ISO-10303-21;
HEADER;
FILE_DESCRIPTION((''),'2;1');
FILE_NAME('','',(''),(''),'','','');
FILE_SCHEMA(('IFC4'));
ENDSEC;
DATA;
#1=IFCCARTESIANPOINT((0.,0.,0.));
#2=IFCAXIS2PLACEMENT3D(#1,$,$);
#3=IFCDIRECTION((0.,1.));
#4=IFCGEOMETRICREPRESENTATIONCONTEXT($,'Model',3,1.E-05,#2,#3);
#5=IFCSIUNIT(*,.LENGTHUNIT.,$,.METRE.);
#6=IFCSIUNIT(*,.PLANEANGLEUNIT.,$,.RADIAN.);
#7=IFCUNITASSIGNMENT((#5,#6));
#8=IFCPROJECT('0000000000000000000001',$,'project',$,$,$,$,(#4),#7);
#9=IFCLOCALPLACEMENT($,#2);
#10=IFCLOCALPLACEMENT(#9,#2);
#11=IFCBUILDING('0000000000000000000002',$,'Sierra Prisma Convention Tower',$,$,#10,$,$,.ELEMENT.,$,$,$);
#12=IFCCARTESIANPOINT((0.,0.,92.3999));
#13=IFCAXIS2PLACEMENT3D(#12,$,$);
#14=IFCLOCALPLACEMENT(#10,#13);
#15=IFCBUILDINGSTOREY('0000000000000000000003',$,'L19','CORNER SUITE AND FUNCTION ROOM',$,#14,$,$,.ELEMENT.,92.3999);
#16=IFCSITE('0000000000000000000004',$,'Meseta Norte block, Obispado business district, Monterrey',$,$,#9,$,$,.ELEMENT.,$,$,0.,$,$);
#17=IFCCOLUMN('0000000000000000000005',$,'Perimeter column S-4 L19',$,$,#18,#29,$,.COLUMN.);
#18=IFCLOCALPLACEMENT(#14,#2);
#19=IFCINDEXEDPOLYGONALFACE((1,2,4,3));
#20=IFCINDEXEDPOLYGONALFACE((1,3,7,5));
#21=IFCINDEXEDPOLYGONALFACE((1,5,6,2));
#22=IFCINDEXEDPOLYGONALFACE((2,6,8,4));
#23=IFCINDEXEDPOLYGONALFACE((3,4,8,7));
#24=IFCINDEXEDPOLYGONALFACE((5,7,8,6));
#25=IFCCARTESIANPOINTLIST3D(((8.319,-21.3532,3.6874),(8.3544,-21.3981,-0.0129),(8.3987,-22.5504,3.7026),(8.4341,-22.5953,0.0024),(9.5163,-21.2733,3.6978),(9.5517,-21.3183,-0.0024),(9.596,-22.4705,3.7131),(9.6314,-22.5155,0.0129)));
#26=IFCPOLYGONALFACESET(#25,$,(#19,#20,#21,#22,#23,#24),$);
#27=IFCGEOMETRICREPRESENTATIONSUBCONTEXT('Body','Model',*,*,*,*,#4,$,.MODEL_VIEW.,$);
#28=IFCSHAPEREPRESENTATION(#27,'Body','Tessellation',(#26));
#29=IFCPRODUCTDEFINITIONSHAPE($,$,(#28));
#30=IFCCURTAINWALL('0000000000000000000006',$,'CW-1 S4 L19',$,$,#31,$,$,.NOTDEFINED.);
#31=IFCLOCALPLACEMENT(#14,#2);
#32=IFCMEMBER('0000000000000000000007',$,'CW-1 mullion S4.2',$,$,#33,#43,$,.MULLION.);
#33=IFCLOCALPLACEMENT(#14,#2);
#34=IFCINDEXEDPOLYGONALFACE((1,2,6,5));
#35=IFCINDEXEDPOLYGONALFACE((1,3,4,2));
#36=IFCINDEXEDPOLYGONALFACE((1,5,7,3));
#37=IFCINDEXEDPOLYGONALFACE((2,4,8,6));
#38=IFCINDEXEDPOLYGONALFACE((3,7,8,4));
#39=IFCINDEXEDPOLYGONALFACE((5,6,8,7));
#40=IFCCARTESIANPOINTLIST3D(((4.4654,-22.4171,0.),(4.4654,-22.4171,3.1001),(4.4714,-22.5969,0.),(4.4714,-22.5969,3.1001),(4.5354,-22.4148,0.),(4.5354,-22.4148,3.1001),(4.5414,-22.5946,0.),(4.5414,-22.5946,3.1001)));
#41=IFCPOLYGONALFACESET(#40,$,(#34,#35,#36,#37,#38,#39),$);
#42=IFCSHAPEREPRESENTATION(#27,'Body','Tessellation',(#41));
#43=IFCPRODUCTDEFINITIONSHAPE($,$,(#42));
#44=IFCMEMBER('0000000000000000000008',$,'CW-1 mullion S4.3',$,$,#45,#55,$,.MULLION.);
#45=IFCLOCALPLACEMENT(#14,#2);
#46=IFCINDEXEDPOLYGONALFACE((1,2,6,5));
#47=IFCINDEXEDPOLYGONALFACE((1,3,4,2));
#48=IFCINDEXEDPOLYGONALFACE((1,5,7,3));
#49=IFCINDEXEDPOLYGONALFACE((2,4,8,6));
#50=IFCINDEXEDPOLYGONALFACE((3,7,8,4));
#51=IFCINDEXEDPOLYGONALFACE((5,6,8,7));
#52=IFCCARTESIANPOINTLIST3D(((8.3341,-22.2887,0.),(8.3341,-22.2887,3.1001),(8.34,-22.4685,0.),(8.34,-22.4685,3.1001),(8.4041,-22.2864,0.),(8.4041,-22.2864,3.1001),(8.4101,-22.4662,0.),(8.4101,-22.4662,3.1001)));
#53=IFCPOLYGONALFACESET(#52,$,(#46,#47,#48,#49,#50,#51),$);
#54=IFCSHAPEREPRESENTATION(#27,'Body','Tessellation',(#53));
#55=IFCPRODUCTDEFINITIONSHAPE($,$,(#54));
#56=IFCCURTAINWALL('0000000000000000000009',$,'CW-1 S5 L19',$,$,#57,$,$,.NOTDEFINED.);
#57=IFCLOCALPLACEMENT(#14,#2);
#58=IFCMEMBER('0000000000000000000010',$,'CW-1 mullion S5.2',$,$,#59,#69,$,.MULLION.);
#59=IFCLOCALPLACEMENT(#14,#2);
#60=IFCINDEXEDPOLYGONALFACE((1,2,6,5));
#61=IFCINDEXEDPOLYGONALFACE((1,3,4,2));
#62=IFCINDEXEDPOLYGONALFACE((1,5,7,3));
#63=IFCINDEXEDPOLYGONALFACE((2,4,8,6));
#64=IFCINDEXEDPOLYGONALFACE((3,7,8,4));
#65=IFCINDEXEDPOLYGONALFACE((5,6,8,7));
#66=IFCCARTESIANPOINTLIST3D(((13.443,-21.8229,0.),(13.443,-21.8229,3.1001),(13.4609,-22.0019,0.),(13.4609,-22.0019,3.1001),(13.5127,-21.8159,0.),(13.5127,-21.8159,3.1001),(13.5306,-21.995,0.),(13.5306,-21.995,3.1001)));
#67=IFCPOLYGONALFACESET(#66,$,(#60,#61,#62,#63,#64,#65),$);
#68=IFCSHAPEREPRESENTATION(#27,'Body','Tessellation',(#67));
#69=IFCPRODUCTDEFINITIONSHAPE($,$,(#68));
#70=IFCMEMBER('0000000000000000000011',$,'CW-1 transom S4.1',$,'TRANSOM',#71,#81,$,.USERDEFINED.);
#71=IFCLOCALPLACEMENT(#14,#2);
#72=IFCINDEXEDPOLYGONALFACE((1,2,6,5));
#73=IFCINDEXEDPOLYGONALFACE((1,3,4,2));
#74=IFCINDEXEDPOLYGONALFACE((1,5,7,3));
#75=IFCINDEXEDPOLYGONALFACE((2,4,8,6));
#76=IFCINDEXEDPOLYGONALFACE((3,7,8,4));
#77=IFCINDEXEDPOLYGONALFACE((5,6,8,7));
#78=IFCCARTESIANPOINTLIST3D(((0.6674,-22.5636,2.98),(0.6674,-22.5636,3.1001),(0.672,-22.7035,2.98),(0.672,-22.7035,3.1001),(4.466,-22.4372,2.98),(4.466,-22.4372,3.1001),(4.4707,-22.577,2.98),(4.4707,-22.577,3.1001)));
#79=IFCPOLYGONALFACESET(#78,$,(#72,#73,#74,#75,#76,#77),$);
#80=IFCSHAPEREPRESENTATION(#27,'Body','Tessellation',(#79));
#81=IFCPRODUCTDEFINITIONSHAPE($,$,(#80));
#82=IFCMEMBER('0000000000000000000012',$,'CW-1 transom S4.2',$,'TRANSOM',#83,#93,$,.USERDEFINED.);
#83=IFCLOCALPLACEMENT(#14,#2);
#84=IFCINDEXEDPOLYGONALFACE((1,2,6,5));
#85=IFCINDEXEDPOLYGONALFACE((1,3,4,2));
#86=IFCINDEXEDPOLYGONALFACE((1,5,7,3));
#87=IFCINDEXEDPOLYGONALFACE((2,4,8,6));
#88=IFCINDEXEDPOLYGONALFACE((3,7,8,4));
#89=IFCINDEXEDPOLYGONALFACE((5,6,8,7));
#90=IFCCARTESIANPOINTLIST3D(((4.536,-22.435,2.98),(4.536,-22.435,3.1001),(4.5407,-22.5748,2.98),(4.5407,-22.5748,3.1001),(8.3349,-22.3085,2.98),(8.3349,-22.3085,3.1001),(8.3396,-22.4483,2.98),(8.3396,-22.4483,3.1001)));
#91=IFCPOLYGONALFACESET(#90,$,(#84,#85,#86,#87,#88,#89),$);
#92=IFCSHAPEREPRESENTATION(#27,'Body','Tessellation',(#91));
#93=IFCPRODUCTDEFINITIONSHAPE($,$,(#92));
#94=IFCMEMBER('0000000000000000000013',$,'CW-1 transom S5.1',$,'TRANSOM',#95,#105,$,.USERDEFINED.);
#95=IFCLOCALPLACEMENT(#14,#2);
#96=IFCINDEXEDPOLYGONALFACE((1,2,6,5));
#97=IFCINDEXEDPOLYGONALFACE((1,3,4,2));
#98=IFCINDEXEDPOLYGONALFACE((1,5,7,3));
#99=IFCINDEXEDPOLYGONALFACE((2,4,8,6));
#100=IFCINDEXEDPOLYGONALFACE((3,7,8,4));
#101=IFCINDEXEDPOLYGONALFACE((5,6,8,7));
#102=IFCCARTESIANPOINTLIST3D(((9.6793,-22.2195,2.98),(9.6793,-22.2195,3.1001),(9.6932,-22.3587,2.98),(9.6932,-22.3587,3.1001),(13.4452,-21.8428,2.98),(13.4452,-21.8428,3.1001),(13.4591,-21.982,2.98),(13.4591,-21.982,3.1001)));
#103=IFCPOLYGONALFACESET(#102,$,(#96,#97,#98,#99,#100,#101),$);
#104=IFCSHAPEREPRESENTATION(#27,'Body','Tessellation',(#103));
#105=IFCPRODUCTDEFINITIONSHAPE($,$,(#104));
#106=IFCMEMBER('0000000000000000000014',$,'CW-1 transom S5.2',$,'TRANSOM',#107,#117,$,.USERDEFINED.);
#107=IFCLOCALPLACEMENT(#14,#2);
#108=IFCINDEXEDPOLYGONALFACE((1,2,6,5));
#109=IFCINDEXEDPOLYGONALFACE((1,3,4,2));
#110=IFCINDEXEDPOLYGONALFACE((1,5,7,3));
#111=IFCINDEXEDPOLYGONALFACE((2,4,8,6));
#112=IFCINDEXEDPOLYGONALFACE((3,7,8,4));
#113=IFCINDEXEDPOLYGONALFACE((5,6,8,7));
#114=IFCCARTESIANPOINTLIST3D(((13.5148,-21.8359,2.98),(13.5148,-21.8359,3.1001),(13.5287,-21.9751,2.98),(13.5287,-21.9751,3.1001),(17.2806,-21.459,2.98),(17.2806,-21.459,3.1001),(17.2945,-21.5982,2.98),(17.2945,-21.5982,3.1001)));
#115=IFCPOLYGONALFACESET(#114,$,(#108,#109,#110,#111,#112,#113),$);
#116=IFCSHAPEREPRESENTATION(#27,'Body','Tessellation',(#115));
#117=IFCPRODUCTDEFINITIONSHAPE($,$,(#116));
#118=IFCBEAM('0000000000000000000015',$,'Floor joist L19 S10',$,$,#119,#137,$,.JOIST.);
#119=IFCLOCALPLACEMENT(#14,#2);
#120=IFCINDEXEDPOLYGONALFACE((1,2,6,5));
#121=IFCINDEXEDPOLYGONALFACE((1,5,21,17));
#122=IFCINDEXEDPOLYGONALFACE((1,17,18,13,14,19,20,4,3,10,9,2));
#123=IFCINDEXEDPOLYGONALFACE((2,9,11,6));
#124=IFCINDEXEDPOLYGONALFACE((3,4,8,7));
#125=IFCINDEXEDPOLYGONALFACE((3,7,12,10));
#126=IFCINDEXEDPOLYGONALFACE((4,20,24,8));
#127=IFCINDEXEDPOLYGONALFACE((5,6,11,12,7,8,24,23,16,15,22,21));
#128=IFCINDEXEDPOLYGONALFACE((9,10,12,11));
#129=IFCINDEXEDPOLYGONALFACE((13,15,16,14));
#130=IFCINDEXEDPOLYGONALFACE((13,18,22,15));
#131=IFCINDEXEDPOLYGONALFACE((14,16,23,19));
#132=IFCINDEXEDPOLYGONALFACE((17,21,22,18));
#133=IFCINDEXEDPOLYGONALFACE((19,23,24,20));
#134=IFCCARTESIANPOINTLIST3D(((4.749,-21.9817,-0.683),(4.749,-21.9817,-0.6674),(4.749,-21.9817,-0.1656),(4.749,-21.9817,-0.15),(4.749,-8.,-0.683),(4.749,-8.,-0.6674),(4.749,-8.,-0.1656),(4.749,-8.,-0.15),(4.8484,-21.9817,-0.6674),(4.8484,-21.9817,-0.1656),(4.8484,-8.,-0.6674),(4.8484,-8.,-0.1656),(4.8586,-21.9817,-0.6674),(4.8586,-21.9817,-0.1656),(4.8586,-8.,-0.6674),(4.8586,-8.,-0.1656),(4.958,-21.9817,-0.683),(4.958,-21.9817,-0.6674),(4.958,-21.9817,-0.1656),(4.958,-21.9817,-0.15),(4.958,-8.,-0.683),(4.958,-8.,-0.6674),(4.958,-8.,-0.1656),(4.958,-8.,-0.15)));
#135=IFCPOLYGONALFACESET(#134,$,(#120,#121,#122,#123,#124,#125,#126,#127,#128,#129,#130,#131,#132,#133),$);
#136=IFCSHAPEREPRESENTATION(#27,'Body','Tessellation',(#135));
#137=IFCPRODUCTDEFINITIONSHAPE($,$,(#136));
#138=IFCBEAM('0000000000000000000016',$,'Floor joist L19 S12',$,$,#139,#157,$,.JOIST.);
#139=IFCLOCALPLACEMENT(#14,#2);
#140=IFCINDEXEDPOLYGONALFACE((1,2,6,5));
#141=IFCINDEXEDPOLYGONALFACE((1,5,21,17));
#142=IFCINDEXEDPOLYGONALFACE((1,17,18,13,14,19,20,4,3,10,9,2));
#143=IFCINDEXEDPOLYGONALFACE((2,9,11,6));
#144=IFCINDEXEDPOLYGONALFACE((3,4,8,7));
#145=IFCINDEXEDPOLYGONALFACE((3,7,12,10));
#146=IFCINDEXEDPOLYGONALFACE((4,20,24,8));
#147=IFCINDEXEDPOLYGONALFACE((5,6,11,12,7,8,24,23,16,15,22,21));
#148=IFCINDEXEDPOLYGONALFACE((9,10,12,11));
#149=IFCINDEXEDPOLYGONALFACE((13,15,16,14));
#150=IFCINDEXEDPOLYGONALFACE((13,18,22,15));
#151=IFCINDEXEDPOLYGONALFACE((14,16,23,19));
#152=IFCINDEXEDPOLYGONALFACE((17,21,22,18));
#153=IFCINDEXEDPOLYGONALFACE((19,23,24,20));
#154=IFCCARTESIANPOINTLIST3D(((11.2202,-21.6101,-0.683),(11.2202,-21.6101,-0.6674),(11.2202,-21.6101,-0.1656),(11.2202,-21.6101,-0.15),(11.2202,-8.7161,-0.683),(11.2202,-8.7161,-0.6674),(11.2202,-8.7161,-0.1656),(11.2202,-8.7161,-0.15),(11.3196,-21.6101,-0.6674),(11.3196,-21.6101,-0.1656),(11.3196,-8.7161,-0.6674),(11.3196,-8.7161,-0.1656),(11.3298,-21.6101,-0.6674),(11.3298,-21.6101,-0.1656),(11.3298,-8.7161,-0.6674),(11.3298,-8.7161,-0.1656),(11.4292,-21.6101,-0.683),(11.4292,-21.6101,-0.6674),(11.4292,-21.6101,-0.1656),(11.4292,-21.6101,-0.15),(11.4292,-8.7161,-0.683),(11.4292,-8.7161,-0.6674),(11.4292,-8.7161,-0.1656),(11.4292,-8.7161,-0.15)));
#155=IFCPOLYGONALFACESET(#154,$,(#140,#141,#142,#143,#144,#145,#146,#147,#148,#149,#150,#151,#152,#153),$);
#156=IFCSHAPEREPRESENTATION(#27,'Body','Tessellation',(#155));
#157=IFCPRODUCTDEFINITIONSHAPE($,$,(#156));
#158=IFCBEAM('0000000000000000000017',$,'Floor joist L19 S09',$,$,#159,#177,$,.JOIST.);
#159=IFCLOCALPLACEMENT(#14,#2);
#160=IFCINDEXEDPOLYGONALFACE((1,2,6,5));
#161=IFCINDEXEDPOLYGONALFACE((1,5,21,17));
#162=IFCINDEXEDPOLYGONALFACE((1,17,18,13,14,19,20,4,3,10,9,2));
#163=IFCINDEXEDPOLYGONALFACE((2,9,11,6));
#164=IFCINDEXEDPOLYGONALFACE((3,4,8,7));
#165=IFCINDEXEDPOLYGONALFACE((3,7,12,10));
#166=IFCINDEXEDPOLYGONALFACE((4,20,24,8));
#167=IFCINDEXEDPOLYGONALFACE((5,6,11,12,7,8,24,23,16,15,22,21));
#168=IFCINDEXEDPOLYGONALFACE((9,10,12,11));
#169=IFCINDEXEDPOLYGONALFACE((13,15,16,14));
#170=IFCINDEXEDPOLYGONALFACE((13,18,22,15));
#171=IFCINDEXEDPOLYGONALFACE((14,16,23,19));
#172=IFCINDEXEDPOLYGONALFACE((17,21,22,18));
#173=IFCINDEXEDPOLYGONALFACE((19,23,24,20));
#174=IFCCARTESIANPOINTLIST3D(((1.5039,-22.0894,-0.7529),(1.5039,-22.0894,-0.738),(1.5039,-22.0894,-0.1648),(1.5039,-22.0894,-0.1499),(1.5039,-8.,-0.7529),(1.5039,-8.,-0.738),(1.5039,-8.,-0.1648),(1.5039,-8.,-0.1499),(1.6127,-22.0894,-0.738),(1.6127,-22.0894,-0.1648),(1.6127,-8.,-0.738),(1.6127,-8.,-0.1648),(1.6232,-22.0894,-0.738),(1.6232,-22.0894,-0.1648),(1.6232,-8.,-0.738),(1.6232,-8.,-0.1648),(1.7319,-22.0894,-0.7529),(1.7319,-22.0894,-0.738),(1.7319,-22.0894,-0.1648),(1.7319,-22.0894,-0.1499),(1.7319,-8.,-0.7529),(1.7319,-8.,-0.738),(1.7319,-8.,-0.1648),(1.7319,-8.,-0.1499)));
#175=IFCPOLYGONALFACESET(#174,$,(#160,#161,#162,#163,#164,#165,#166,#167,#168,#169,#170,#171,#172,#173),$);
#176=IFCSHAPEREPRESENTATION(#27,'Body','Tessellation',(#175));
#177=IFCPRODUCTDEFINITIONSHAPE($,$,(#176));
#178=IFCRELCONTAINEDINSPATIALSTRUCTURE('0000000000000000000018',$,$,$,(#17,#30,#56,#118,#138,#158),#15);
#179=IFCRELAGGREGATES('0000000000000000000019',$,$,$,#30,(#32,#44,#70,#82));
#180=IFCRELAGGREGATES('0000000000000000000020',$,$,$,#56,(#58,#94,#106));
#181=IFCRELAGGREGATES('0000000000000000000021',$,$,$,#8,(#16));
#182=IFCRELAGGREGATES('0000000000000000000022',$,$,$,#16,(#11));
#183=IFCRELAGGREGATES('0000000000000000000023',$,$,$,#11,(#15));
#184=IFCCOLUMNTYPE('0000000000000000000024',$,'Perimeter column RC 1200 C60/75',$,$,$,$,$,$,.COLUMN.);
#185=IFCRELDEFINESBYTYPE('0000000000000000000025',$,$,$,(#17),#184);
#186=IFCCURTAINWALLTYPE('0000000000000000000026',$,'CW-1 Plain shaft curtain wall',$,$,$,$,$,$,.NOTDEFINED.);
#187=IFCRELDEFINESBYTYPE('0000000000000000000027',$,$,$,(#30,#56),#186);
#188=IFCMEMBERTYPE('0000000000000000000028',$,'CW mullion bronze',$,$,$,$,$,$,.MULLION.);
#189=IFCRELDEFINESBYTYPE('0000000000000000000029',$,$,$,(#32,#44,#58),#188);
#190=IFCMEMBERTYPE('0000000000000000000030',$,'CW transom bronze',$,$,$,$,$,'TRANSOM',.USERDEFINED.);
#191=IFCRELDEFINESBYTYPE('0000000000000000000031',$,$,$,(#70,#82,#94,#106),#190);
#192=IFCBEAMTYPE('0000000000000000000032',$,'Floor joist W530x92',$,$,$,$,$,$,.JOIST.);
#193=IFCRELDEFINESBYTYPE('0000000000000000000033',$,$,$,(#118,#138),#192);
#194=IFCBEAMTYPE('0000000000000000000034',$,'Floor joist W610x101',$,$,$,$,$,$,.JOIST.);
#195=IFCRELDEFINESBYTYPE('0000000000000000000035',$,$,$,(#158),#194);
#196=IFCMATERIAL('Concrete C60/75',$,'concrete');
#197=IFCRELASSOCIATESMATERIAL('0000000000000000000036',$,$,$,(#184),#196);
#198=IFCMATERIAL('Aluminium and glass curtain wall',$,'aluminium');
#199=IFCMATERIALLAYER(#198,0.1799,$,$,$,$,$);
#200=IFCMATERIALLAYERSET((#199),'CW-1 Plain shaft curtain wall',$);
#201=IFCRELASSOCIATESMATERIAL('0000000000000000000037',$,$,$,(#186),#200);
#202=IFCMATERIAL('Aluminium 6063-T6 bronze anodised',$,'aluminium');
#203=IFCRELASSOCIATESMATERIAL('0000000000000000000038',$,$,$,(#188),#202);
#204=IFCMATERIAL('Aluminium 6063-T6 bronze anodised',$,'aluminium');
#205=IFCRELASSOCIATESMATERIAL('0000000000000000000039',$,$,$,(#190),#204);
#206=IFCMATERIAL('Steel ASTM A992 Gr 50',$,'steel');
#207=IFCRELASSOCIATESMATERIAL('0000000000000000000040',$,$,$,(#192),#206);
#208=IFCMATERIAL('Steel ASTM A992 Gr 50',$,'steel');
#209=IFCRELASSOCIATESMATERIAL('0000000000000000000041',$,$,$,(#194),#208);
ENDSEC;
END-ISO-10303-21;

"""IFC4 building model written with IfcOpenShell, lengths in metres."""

from ifc_helpers import new_model, si_unit, direction, frame, origin, origin_2d, place, context, subcontext, project, spatial, rectangle, i_section, extrude, material, layer, layer_set, material_profile, profile_set, type_object, element, aggregate, save


model = new_model("IFC4")

# Units and contexts
model_context = context("Model", 3, precision=1e-05, world=origin(), true_north=direction((0.0, 1.0)))
body_context = subcontext(model_context, "Body", "Model", "MODEL_VIEW")
ifc_project = project(units=[si_unit("LENGTHUNIT", "METRE"), si_unit("PLANEANGLEUNIT", "RADIAN")], contexts=[model_context])

# Site, building, storey
site_placement = place(None, origin())
site = spatial("IfcSite", under=ifc_project, at=site_placement, Name="Meseta Norte block, Obispado business district, Monterrey", CompositionType="ELEMENT", RefElevation=0.0)
building_placement = place(site_placement, origin())
building = spatial("IfcBuilding", under=site, at=building_placement, Name="Sierra Prisma Convention Tower", CompositionType="ELEMENT")
storey_placement = place(building_placement, frame((0.0, 0.0, 92.3999)))
storey = spatial("IfcBuildingStorey", under=building, at=storey_placement, Name="L19", Description="CORNER SUITE AND FUNCTION ROOM", CompositionType="ELEMENT", Elevation=92.3999)

# Column
ifc_material_1 = material(Name="Concrete C60/75", Category="concrete")
ifc_material_profile_1 = material_profile(ifc_material_1, rectangle(XDim=1.2, YDim=1.2, at=origin_2d()), Name="Perimeter column RC 1200 C60/75")
ifc_profile_set_1 = profile_set([ifc_material_profile_1], Name="Concrete C60/75")
column_type = type_object("IfcColumnType", Name="Perimeter column RC 1200 C60/75", PredefinedType="COLUMN", material=ifc_profile_set_1)
column_placement = place(storey_placement, frame((8.9929, -21.9568, 0.0), z_axis=(-0.009566, 0.012139, 0.999881), x_axis=(0.997746, 0.066536, 0.008738)))
element("IfcColumn", 1, at=column_placement, inside=storey, type_object=column_type, Name="Perimeter column S-4 L19", PredefinedType="COLUMN", context=body_context, shape_type="SweptSolid", body=[
    extrude(rectangle(XDim=1.2, YDim=1.2, at=origin_2d()), origin(), (0.0, 0.0, 1.0), 3.7007),
])

# Curtain wall, members
ifc_material_2 = material(Name="Aluminium and glass curtain wall", Category="aluminium")
ifc_layer_1 = layer(ifc_material_2, 0.1799)
ifc_layer_set_1 = layer_set([ifc_layer_1], Name="CW-1 Plain shaft curtain wall")
curtain_wall_type = type_object("IfcCurtainWallType", Name="CW-1 Plain shaft curtain wall", PredefinedType="NOTDEFINED", material=ifc_layer_set_1)
curtain_wall_1_placement = place(storey_placement, origin())
curtain_wall_1 = element("IfcCurtainWall", 2, at=curtain_wall_1_placement, inside=storey, type_object=curtain_wall_type, Name="CW-1 S4 L19", PredefinedType="NOTDEFINED")
ifc_material_3 = material(Name="Aluminium 6063-T6 bronze anodised", Category="aluminium")
ifc_material_profile_2 = material_profile(ifc_material_3, rectangle(XDim=0.1799, YDim=0.0701, at=origin_2d()), Name="ALU MULLION 70x180")
ifc_profile_set_2 = profile_set([ifc_material_profile_2], Name="Aluminium 6063-T6 bronze anodised")
member_type_1 = type_object("IfcMemberType", Name="CW mullion bronze", PredefinedType="MULLION", material=ifc_profile_set_2)
member_1_placement = place(storey_placement, frame((4.5034, -22.5059, 0.0), z_axis=(0.0, 0.0, 1.0), x_axis=(-0.033231, 0.999448, 0.0)))
member_1 = element("IfcMember", 3, at=member_1_placement, type_object=member_type_1, Name="CW-1 mullion S4.2", PredefinedType="MULLION", context=body_context, shape_type="SweptSolid", body=[
    extrude(rectangle(XDim=0.1799, YDim=0.0701, at=origin_2d()), origin(), (0.0, 0.0, 1.0), 3.1001),
])
member_2_placement = place(storey_placement, frame((8.3721, -22.3774, 0.0), z_axis=(0.0, 0.0, 1.0), x_axis=(-0.033231, 0.999448, 0.0)))
member_2 = element("IfcMember", 4, at=member_2_placement, type_object=member_type_1, Name="CW-1 mullion S4.3", PredefinedType="MULLION", context=body_context, shape_type="SweptSolid", body=[
    extrude(rectangle(XDim=0.1799, YDim=0.0701, at=origin_2d()), origin(), (0.0, 0.0, 1.0), 3.1001),
])

# Curtain wall, member
curtain_wall_2_placement = place(storey_placement, origin())
curtain_wall_2 = element("IfcCurtainWall", 5, at=curtain_wall_2_placement, inside=storey, type_object=curtain_wall_type, Name="CW-1 S5 L19", PredefinedType="NOTDEFINED")
member_3_placement = place(storey_placement, frame((13.4868, -21.9089, 0.0), z_axis=(0.0, 0.0, 1.0), x_axis=(-0.099546, 0.995033, 0.0)))
member_3 = element("IfcMember", 6, at=member_3_placement, type_object=member_type_1, Name="CW-1 mullion S5.2", PredefinedType="MULLION", context=body_context, shape_type="SweptSolid", body=[
    extrude(rectangle(XDim=0.1799, YDim=0.0701, at=origin_2d()), origin(), (0.0, 0.0, 1.0), 3.1001),
])

# Members
ifc_material_4 = material(Name="Aluminium 6063-T6 bronze anodised", Category="aluminium")
ifc_material_profile_3 = material_profile(ifc_material_4, rectangle(XDim=0.1399, YDim=0.1201, at=origin_2d()), Name="ALU TRANSOM 120x140")
ifc_profile_set_3 = profile_set([ifc_material_profile_3], Name="Aluminium 6063-T6 bronze anodised")
member_type_2 = type_object("IfcMemberType", Name="CW transom bronze", ElementType="TRANSOM", PredefinedType="USERDEFINED", material=ifc_profile_set_3)
member_4_placement = place(storey_placement, frame((0.6697, -22.6335, 3.04), z_axis=(0.999446, 0.033274, 0.0), x_axis=(-0.033274, 0.999446, 0.0)))
member_4 = element("IfcMember", 7, at=member_4_placement, type_object=member_type_2, Name="CW-1 transom S4.1", ObjectType="TRANSOM", PredefinedType="USERDEFINED", context=body_context, shape_type="SweptSolid", body=[
    extrude(rectangle(XDim=0.1399, YDim=0.1201, at=origin_2d()), origin(), (0.0, 0.0, 1.0), 3.8008),
])
member_5_placement = place(storey_placement, frame((4.5383, -22.5049, 3.04), z_axis=(0.999446, 0.033272, 0.0), x_axis=(-0.033272, 0.999446, 0.0)))
member_5 = element("IfcMember", 8, at=member_5_placement, type_object=member_type_2, Name="CW-1 transom S4.2", ObjectType="TRANSOM", PredefinedType="USERDEFINED", context=body_context, shape_type="SweptSolid", body=[
    extrude(rectangle(XDim=0.1399, YDim=0.1201, at=origin_2d()), origin(), (0.0, 0.0, 1.0), 3.801),
])
member_6_placement = place(storey_placement, frame((9.6863, -22.2891, 3.04), z_axis=(0.995034, 0.099536, 0.0), x_axis=(-0.099536, 0.995034, 0.0)))
member_6 = element("IfcMember", 9, at=member_6_placement, type_object=member_type_2, Name="CW-1 transom S5.1", ObjectType="TRANSOM", PredefinedType="USERDEFINED", context=body_context, shape_type="SweptSolid", body=[
    extrude(rectangle(XDim=0.1399, YDim=0.1201, at=origin_2d()), origin(), (0.0, 0.0, 1.0), 3.7847),
])
member_7_placement = place(storey_placement, frame((13.5217, -21.9055, 3.04), z_axis=(0.995028, 0.0996, 0.0), x_axis=(-0.0996, 0.995028, 0.0)))
member_7 = element("IfcMember", 10, at=member_7_placement, type_object=member_type_2, Name="CW-1 transom S5.2", ObjectType="TRANSOM", PredefinedType="USERDEFINED", context=body_context, shape_type="SweptSolid", body=[
    extrude(rectangle(XDim=0.1399, YDim=0.1201, at=origin_2d()), origin(), (0.0, 0.0, 1.0), 3.7847),
])

# Beams
ifc_material_5 = material(Name="Steel ASTM A992 Gr 50", Category="steel")
ifc_material_profile_4 = material_profile(ifc_material_5, i_section(OverallWidth=0.209, OverallDepth=0.533, WebThickness=0.0103, FlangeThickness=0.0156, at=origin_2d()), Name="W530x92")
ifc_profile_set_4 = profile_set([ifc_material_profile_4], Name="Steel ASTM A992 Gr 50")
beam_type_1 = type_object("IfcBeamType", Name="Floor joist W530x92", PredefinedType="JOIST", material=ifc_profile_set_4)
beam_1_placement = place(storey_placement, frame((4.8535, -21.9817, -0.4165), z_axis=(0.0, 1.0, 0.0), x_axis=(-1.0, 0.0, 0.0)))
element("IfcBeam", 11, at=beam_1_placement, inside=storey, type_object=beam_type_1, Name="Floor joist L19 S10", PredefinedType="JOIST", context=body_context, shape_type="SweptSolid", body=[
    extrude(i_section(OverallWidth=0.209, OverallDepth=0.533, WebThickness=0.0103, FlangeThickness=0.0156, at=origin_2d()), origin(), (0.0, 0.0, 1.0), 13.9817),
])
beam_2_placement = place(storey_placement, frame((11.3247, -21.6101, -0.4165), z_axis=(0.0, 1.0, 0.0), x_axis=(-1.0, 0.0, 0.0)))
element("IfcBeam", 12, at=beam_2_placement, inside=storey, type_object=beam_type_1, Name="Floor joist L19 S12", PredefinedType="JOIST", context=body_context, shape_type="SweptSolid", body=[
    extrude(i_section(OverallWidth=0.209, OverallDepth=0.533, WebThickness=0.0103, FlangeThickness=0.0156, at=origin_2d()), origin(), (0.0, 0.0, 1.0), 12.894),
])
ifc_material_6 = material(Name="Steel ASTM A992 Gr 50", Category="steel")
ifc_material_profile_5 = material_profile(ifc_material_6, i_section(OverallWidth=0.228, OverallDepth=0.603, WebThickness=0.0105, FlangeThickness=0.0149, at=origin_2d()), Name="W610x101")
ifc_profile_set_5 = profile_set([ifc_material_profile_5], Name="Steel ASTM A992 Gr 50")
beam_type_2 = type_object("IfcBeamType", Name="Floor joist W610x101", PredefinedType="JOIST", material=ifc_profile_set_5)
beam_3_placement = place(storey_placement, frame((1.6179, -22.0894, -0.4514), z_axis=(0.0, 1.0, 0.0), x_axis=(-1.0, 0.0, 0.0)))
element("IfcBeam", 13, at=beam_3_placement, inside=storey, type_object=beam_type_2, Name="Floor joist L19 S09", PredefinedType="JOIST", context=body_context, shape_type="SweptSolid", body=[
    extrude(i_section(OverallWidth=0.228, OverallDepth=0.603, WebThickness=0.0105, FlangeThickness=0.0149, at=origin_2d()), origin(), (0.0, 0.0, 1.0), 14.0894),
])

aggregate(curtain_wall_1, [member_1, member_2, member_4, member_5])
aggregate(curtain_wall_2, [member_3, member_6, member_7])

save(model, "model.ifc")
